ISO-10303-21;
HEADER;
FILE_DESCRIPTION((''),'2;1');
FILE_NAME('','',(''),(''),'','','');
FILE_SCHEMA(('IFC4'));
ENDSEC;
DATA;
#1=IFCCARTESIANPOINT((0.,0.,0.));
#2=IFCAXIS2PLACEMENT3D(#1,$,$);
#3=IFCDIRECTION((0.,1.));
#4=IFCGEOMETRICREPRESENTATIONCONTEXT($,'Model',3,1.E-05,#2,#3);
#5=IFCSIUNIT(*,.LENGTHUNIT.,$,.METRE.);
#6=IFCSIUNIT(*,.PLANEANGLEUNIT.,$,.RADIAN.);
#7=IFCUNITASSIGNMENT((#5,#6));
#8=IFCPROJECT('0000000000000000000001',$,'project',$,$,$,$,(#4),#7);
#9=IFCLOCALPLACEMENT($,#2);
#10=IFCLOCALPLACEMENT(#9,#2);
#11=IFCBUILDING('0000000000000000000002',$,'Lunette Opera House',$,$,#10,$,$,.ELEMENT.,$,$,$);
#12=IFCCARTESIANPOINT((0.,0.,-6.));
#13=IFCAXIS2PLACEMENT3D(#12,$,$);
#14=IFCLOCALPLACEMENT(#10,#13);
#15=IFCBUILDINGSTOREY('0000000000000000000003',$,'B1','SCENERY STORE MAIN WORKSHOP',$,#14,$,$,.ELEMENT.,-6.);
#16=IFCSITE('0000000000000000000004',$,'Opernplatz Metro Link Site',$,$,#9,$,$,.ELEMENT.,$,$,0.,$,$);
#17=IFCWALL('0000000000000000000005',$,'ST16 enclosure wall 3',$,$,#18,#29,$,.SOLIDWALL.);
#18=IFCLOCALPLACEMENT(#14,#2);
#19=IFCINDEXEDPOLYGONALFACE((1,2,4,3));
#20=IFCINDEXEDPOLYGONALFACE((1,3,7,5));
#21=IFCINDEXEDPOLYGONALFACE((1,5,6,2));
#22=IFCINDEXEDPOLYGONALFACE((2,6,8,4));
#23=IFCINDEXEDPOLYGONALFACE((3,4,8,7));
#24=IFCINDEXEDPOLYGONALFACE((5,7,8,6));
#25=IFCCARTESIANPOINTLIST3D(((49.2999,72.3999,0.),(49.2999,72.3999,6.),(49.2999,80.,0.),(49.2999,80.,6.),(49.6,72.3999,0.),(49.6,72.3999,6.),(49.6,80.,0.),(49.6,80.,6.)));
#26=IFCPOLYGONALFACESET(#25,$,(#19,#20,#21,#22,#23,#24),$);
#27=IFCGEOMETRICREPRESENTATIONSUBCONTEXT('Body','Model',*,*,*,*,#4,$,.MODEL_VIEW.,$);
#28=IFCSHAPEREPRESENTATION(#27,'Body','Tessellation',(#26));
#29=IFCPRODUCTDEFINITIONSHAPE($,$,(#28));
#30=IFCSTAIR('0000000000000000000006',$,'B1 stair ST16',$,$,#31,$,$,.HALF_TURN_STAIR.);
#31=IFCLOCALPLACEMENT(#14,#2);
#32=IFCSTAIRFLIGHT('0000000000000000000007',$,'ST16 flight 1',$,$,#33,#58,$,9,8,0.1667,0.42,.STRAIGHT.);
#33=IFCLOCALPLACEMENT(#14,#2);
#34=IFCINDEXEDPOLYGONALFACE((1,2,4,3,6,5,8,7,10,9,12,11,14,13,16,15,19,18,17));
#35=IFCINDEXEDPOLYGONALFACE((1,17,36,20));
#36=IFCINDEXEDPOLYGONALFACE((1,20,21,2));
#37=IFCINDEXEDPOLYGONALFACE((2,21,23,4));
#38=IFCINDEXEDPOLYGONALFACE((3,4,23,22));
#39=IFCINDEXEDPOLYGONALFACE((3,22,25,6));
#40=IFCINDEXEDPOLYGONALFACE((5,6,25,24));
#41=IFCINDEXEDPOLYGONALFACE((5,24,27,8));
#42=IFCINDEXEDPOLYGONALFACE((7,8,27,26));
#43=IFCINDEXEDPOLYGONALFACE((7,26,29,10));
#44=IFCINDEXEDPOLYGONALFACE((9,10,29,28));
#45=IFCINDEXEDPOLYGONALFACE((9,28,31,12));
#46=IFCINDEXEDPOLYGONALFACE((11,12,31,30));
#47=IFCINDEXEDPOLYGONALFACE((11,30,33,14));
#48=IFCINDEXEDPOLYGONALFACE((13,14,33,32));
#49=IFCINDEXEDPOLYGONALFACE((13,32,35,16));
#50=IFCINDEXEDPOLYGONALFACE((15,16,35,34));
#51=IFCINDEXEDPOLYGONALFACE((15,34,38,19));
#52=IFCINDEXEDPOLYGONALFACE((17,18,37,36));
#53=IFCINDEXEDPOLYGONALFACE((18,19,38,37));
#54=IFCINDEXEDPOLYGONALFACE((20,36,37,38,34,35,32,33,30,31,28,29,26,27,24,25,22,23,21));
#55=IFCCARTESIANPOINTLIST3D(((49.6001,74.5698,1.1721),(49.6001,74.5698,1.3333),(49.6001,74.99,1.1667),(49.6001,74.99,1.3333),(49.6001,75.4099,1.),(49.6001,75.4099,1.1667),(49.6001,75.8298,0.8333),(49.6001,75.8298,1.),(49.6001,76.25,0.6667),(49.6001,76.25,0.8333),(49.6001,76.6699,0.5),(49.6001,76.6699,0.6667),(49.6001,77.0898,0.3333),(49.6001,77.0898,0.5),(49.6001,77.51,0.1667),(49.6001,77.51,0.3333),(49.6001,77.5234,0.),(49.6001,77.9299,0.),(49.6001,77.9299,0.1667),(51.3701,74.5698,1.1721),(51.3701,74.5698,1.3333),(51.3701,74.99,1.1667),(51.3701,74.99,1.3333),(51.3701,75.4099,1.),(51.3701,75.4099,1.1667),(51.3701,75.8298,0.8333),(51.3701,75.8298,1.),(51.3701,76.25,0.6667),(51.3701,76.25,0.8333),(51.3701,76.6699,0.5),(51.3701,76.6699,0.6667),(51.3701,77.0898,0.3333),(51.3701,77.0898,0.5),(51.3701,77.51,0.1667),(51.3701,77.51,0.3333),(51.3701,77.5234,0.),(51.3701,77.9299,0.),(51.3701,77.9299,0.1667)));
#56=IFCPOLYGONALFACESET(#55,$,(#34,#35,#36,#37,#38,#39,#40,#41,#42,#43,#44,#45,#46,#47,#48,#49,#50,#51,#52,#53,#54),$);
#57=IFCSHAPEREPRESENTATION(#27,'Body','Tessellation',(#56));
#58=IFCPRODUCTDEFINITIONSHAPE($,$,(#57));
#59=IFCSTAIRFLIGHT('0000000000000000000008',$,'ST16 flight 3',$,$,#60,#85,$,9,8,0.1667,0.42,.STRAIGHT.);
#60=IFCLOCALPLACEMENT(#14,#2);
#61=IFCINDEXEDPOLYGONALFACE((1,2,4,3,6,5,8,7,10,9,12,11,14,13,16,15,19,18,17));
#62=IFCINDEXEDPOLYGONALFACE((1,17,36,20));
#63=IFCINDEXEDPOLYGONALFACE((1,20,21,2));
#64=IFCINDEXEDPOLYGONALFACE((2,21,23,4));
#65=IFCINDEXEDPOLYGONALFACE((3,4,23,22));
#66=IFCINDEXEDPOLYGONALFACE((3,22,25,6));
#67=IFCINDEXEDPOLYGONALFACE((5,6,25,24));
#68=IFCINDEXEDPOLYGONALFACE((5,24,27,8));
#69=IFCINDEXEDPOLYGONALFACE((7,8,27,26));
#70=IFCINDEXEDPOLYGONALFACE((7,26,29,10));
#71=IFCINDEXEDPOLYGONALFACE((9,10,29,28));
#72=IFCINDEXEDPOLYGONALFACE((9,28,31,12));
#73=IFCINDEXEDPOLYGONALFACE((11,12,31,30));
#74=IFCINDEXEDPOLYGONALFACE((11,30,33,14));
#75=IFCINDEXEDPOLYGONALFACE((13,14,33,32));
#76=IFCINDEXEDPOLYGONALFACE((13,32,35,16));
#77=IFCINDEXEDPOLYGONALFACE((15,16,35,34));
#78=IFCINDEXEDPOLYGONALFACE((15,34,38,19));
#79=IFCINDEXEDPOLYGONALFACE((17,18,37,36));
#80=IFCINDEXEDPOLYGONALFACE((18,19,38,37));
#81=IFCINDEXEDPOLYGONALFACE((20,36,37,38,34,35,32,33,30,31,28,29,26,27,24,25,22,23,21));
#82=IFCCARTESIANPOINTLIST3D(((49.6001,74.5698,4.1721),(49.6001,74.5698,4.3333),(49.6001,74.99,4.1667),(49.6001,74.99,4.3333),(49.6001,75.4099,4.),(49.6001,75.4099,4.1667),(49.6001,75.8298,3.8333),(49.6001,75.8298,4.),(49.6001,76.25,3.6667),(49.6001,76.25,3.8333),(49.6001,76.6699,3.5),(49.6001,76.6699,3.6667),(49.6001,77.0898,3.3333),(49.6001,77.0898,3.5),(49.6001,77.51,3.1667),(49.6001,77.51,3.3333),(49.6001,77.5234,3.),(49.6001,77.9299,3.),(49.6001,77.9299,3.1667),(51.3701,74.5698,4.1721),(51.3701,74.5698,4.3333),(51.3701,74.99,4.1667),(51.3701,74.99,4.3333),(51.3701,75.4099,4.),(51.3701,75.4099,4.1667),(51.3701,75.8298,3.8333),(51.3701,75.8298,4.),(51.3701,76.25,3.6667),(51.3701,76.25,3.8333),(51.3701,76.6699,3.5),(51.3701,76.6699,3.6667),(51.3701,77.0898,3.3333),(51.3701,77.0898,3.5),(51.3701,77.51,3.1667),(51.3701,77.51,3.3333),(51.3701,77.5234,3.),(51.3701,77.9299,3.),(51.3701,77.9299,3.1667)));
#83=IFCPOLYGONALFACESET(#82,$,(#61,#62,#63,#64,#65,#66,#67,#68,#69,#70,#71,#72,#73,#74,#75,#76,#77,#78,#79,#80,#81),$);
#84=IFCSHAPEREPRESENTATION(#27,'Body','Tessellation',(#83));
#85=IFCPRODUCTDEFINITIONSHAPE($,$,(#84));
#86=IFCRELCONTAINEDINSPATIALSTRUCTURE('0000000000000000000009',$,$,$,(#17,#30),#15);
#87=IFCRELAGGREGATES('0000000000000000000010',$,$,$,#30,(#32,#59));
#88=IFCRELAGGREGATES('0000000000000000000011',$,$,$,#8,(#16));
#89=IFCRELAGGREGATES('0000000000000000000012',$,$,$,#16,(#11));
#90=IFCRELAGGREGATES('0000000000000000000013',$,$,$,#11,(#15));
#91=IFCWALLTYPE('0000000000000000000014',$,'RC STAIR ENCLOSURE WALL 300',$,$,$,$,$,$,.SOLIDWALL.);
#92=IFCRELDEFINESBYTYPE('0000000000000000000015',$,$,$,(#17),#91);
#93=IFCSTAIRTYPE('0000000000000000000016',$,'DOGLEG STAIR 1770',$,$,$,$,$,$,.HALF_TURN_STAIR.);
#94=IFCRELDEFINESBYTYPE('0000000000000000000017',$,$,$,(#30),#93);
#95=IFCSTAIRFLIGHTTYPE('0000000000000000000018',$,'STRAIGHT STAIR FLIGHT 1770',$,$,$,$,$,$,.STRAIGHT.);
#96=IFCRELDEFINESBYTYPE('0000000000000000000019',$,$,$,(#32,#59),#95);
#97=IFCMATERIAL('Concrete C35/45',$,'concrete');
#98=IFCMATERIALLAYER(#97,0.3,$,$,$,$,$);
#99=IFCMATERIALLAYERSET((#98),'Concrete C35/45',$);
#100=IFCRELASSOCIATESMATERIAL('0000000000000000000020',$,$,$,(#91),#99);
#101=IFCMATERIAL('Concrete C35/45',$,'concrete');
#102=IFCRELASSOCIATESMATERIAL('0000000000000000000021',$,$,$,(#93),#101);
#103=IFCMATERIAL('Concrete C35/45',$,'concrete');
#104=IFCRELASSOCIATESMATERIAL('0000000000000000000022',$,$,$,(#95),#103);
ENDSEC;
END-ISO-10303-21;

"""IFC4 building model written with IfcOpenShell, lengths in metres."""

from ifc_helpers import new_model, si_unit, direction, frame, frame_2d, origin, place, context, subcontext, project, spatial, polyline, rectangle, outline, extrude, material, layer, layer_set, type_object, element, aggregate, save


model = new_model("IFC4")

# Units and contexts
model_context = context("Model", 3, precision=1e-05, world=origin(), true_north=direction((0.0, 1.0)))
body_context = subcontext(model_context, "Body", "Model", "MODEL_VIEW")
ifc_project = project(units=[si_unit("LENGTHUNIT", "METRE"), si_unit("PLANEANGLEUNIT", "RADIAN")], contexts=[model_context])

# Site, building, storey
site_placement = place(None, origin())
site = spatial("IfcSite", under=ifc_project, at=site_placement, Name="Opernplatz Metro Link Site", CompositionType="ELEMENT", RefElevation=0.0)
building_placement = place(site_placement, origin())
building = spatial("IfcBuilding", under=site, at=building_placement, Name="Lunette Opera House", CompositionType="ELEMENT")
storey_placement = place(building_placement, frame((0.0, 0.0, -6.0)))
storey = spatial("IfcBuildingStorey", under=building, at=storey_placement, Name="B1", Description="SCENERY STORE MAIN WORKSHOP", CompositionType="ELEMENT", Elevation=-6.0)

# Shared definitions
ifc_material_1 = material(Name="Concrete C35/45", Category="concrete")
ifc_layer_1 = layer(ifc_material_1, 0.3)
ifc_layer_set_1 = layer_set([ifc_layer_1], Name="Concrete C35/45")
wall_type_1 = type_object("IfcWallType", Name="RC STAIR ENCLOSURE WALL 300", PredefinedType="SOLIDWALL", material=ifc_layer_set_1)

# Wall
wall_1_placement = place(storey_placement, frame((49.45, 80.0, 0.0), z_axis=(0.0, 0.0, 1.0), x_axis=(0.0, -1.0, 0.0)))
element("IfcWall", 1, at=wall_1_placement, inside=storey, type_object=wall_type_1, Name="ST16 enclosure wall 3", PredefinedType="SOLIDWALL", context=body_context, shape_type="SweptSolid", body=[
    extrude(rectangle(XDim=7.6001, YDim=0.3, at=frame_2d((3.8, 0.0))), origin(), (0.0, 0.0, 1.0), 6.0),
])

# Stair, stair flights
ifc_material_2 = material(Name="Concrete C35/45", Category="concrete")
stair_type = type_object("IfcStairType", Name="DOGLEG STAIR 1770", PredefinedType="HALF_TURN_STAIR", material=ifc_material_2)
stair_placement = place(storey_placement, origin())
stair = element("IfcStair", 2, at=stair_placement, inside=storey, type_object=stair_type, Name="B1 stair ST16", PredefinedType="HALF_TURN_STAIR")
ifc_material_3 = material(Name="Concrete C35/45", Category="concrete")
stair_flight_type = type_object("IfcStairFlightType", Name="STRAIGHT STAIR FLIGHT 1770", PredefinedType="STRAIGHT", material=ifc_material_3)
stair_flight_1_placement = place(storey_placement, frame((50.4851, 77.9299, 0.0), z_axis=(0.0, 0.0, 1.0), x_axis=(0.0, -1.0, 0.0)))
stair_flight_1 = element("IfcStairFlight", 3, at=stair_flight_1_placement, type_object=stair_flight_type, Name="ST16 flight 1", NumberOfRisers=9, NumberOfTreads=8, PredefinedType="STRAIGHT", RiserHeight=0.1667, TreadLength=0.42, context=body_context, shape_type="SweptSolid", body=[
    extrude(outline(polyline([(0.0, 0.0), (0.0, 0.1667), (0.4199, 0.1667), (0.4199, 0.3333), (0.8401, 0.3333), (0.8401, 0.5), (1.26, 0.5), (1.26, 0.6667), (1.6799, 0.6667), (1.6799, 0.8333), (2.1001, 0.8333), (2.1001, 1.0), (2.52, 1.0), (2.52, 1.1667), (2.9399, 1.1667), (2.9399, 1.3333), (3.3601, 1.3333), (3.3601, 1.5), (3.3601, 1.1721), (0.4065, 0.0), (0.0, 0.0)])), frame((0.0, 0.885, 0.0), z_axis=(0.0, -1.0, 0.0), x_axis=(1.0, 0.0, 0.0)), (0.0, 0.0, 1.0), 1.77),
])
stair_flight_2_placement = place(storey_placement, frame((50.4851, 77.9299, 3.0), z_axis=(0.0, 0.0, 1.0), x_axis=(0.0, -1.0, 0.0)))
stair_flight_2 = element("IfcStairFlight", 4, at=stair_flight_2_placement, type_object=stair_flight_type, Name="ST16 flight 3", NumberOfRisers=9, NumberOfTreads=8, PredefinedType="STRAIGHT", RiserHeight=0.1667, TreadLength=0.42, context=body_context, shape_type="SweptSolid", body=[
    extrude(outline(polyline([(0.0, 0.0), (0.0, 0.1667), (0.4199, 0.1667), (0.4199, 0.3333), (0.8401, 0.3333), (0.8401, 0.5), (1.26, 0.5), (1.26, 0.6667), (1.6799, 0.6667), (1.6799, 0.8333), (2.1001, 0.8333), (2.1001, 1.0), (2.52, 1.0), (2.52, 1.1667), (2.9399, 1.1667), (2.9399, 1.3333), (3.3601, 1.3333), (3.3601, 1.5), (3.3601, 1.1721), (0.4065, 0.0), (0.0, 0.0)])), frame((0.0, 0.885, 0.0), z_axis=(0.0, -1.0, 0.0), x_axis=(1.0, 0.0, 0.0)), (0.0, 0.0, 1.0), 1.77),
])
aggregate(stair, [stair_flight_1, stair_flight_2])

save(model, "model.ifc")
